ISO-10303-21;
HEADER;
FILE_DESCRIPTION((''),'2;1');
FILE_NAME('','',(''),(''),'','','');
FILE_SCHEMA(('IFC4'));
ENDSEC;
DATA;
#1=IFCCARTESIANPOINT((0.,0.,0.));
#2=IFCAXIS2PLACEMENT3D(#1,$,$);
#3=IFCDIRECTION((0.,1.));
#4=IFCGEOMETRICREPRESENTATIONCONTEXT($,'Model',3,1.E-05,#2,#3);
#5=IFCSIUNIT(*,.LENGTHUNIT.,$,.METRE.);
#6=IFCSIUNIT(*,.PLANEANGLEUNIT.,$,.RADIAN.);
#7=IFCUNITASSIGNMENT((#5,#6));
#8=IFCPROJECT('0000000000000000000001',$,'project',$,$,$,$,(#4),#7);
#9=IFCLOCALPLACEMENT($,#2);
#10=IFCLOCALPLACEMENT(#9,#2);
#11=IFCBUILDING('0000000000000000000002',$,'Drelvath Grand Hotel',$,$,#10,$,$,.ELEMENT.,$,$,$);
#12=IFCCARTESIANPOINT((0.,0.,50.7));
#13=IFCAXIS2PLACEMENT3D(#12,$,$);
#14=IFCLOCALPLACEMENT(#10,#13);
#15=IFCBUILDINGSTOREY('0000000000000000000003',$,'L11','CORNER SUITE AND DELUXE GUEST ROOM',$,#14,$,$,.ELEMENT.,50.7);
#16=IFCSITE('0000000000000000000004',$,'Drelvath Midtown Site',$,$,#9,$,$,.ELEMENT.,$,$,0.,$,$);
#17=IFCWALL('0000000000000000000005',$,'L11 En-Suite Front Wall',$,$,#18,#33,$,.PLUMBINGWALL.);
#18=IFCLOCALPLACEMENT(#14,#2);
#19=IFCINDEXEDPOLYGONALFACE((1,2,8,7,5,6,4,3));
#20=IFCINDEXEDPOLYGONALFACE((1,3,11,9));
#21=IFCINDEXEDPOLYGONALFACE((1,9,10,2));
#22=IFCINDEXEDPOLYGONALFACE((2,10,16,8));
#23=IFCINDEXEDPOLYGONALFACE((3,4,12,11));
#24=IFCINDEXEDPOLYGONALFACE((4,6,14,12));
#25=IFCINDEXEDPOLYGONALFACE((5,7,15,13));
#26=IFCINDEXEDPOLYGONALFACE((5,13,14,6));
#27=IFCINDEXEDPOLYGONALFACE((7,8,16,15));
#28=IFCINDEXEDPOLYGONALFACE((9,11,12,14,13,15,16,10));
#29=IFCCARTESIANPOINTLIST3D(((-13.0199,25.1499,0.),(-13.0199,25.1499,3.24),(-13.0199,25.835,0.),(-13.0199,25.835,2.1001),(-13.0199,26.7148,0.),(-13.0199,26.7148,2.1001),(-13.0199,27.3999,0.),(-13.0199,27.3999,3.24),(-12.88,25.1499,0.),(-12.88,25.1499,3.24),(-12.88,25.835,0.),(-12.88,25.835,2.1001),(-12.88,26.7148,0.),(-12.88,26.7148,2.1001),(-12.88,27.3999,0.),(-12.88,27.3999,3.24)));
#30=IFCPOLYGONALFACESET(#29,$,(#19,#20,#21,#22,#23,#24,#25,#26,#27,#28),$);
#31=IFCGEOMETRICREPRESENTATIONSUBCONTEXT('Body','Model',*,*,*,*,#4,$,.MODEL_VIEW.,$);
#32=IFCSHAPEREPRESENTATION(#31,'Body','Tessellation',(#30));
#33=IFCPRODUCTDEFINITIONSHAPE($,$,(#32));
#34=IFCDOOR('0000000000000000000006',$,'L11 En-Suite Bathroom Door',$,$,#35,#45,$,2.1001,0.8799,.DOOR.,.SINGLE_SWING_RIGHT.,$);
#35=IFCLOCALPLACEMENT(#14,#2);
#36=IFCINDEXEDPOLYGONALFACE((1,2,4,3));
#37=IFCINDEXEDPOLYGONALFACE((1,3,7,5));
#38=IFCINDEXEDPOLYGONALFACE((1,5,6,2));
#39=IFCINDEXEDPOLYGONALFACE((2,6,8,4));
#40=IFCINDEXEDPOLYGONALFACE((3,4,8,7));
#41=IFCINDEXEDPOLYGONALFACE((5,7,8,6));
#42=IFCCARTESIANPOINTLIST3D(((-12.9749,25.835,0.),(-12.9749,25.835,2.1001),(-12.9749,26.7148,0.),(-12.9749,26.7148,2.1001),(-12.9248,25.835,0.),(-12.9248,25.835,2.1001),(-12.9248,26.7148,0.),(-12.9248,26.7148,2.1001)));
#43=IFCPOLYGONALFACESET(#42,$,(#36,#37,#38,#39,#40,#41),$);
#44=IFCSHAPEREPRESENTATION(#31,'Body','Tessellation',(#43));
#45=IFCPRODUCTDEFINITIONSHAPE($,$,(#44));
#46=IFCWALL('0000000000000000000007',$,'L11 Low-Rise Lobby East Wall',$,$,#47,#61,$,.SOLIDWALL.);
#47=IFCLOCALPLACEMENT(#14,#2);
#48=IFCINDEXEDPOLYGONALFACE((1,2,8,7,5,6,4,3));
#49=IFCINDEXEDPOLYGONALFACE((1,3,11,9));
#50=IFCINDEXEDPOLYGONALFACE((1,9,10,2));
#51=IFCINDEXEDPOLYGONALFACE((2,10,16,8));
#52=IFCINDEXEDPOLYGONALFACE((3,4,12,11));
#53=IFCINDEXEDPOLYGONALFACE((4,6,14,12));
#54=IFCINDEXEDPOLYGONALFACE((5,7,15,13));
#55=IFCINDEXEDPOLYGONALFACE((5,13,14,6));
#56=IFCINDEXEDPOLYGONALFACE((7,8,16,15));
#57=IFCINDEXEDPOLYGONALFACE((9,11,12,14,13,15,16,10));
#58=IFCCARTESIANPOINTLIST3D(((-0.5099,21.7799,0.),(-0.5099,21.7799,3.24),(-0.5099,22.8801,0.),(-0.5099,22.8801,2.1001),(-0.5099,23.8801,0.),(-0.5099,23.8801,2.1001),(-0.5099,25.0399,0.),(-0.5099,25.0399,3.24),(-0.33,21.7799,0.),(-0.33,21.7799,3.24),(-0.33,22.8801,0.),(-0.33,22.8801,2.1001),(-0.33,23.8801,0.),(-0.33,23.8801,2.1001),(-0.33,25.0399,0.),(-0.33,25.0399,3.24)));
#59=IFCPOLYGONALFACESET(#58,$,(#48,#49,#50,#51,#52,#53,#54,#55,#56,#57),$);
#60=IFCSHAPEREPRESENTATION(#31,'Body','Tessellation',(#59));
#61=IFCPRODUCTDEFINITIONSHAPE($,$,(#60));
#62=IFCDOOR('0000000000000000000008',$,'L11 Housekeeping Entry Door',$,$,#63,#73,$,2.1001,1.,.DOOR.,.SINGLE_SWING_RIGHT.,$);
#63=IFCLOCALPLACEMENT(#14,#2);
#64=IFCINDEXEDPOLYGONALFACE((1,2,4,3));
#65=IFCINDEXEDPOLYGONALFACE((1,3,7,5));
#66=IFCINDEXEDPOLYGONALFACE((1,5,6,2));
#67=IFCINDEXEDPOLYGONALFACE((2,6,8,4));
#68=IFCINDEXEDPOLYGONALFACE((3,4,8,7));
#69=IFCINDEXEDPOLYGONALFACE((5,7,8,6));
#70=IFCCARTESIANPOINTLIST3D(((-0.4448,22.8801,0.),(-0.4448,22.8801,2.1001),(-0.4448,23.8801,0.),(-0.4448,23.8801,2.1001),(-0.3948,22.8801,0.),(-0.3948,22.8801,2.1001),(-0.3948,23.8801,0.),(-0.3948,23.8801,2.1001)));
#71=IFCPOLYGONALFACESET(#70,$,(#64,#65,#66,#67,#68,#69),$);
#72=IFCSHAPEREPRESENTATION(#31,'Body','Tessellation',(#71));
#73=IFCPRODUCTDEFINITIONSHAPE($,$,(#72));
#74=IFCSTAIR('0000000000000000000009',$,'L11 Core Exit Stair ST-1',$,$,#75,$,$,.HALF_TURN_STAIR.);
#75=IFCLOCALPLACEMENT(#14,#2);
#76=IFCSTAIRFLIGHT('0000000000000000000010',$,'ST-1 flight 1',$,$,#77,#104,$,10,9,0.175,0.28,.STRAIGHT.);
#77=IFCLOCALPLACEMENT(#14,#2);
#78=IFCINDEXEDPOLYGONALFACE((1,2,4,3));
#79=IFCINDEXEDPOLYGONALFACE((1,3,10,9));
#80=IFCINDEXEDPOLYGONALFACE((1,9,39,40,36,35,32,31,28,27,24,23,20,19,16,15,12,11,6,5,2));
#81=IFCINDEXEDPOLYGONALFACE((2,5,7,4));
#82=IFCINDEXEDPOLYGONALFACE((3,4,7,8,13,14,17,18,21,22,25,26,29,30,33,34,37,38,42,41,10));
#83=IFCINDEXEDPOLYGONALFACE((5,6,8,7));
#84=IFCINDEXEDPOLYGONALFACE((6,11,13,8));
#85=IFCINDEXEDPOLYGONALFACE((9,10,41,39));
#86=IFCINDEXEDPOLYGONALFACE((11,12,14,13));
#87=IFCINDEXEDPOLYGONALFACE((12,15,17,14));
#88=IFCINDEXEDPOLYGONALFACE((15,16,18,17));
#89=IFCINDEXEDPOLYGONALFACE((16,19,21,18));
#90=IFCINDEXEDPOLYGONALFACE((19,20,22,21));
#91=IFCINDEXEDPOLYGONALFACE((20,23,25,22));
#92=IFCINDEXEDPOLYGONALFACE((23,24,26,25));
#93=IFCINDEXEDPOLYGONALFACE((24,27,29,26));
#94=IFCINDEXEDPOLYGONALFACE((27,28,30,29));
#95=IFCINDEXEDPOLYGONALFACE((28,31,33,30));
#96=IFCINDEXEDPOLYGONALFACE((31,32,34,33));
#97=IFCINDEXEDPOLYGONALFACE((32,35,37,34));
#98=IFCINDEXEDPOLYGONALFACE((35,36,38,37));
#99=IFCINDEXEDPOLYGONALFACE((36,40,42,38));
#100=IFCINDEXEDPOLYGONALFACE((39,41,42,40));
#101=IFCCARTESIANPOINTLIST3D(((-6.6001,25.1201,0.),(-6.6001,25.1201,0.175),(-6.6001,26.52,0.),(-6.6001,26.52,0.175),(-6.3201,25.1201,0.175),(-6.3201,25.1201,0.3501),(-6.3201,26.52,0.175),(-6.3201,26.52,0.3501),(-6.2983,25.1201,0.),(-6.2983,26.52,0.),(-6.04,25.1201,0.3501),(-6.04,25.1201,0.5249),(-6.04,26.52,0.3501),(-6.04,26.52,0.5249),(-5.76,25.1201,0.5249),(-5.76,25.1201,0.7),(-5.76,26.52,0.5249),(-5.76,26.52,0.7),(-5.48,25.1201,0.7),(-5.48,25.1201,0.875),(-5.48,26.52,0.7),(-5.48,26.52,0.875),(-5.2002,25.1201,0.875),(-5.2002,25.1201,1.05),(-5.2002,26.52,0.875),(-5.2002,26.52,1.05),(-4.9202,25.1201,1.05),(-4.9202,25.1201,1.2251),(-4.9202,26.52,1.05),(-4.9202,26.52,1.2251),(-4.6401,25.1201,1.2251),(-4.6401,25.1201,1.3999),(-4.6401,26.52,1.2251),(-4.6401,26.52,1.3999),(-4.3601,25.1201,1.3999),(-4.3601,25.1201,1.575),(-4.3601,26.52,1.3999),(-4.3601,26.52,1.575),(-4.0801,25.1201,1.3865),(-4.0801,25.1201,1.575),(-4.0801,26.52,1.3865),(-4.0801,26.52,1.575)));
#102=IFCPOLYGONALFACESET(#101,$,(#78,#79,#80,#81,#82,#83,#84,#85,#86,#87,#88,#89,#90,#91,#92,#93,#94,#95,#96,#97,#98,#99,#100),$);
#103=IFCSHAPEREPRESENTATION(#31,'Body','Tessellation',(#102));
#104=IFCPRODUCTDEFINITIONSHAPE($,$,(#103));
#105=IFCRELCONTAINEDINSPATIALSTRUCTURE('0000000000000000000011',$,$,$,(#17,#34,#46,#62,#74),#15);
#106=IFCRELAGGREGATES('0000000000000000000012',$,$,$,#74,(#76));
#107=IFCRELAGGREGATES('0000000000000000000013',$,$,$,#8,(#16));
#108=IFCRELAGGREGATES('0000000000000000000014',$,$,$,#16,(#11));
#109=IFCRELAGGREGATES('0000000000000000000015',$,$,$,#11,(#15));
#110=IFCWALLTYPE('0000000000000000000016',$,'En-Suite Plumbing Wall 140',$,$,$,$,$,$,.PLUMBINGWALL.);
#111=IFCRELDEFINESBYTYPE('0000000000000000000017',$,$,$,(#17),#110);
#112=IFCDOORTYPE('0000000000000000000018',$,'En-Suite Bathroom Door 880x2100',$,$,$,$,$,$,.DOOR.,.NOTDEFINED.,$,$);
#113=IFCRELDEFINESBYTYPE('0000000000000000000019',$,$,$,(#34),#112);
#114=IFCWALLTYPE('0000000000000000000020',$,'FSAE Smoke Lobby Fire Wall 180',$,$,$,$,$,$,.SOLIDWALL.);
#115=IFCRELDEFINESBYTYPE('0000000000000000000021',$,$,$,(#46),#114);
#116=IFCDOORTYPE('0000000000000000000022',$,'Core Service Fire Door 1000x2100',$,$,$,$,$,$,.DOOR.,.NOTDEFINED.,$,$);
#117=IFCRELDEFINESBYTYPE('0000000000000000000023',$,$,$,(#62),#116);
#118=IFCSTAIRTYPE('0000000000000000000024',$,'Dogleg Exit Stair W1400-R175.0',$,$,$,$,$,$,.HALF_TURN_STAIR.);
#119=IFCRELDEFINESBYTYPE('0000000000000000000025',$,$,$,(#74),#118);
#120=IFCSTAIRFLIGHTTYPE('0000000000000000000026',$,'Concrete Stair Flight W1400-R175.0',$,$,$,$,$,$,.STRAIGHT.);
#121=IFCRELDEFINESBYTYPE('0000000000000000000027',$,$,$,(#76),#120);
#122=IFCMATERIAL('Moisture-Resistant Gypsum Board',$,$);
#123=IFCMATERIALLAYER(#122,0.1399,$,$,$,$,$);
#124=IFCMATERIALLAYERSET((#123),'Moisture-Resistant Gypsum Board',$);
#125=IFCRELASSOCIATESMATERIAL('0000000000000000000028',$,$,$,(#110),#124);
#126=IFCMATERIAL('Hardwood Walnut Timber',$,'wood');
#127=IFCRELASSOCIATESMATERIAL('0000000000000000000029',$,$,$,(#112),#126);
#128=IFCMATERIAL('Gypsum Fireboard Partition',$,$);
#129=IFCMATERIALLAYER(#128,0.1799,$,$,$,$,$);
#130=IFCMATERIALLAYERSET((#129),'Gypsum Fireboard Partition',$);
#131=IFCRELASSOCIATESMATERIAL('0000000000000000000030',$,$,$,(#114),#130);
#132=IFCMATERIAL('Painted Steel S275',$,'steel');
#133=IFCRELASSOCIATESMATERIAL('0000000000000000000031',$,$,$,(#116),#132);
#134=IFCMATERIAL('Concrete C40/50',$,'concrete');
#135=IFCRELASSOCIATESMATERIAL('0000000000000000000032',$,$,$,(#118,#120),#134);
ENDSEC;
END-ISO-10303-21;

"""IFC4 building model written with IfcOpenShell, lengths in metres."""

from ifc_helpers import new_model, si_unit, direction, frame, frame_2d, origin, place, context, subcontext, project, spatial, polyline, rectangle, outline, extrude, material, layer, layer_set, type_object, element, fill, aggregate, save


model = new_model("IFC4")

# Units and contexts
model_context = context("Model", 3, precision=1e-05, world=origin(), true_north=direction((0.0, 1.0)))
body_context = subcontext(model_context, "Body", "Model", "MODEL_VIEW")
ifc_project = project(units=[si_unit("LENGTHUNIT", "METRE"), si_unit("PLANEANGLEUNIT", "RADIAN")], contexts=[model_context])

# Site, building, storey
site_placement = place(None, origin())
site = spatial("IfcSite", under=ifc_project, at=site_placement, Name="Drelvath Midtown Site", CompositionType="ELEMENT", RefElevation=0.0)
building_placement = place(site_placement, origin())
building = spatial("IfcBuilding", under=site, at=building_placement, Name="Drelvath Grand Hotel", CompositionType="ELEMENT")
storey_placement = place(building_placement, frame((0.0, 0.0, 50.7)))
storey = spatial("IfcBuildingStorey", under=building, at=storey_placement, Name="L11", Description="CORNER SUITE AND DELUXE GUEST ROOM", CompositionType="ELEMENT", Elevation=50.7)

# Shared definitions
ifc_material_1 = material(Name="Concrete C40/50", Category="concrete")

# Shared definitions
ifc_material_2 = material(Name="Painted Steel S275", Category="steel")

# Shared definitions
ifc_material_3 = material(Name="Moisture-Resistant Gypsum Board")
ifc_layer_1 = layer(ifc_material_3, 0.1399)
ifc_layer_set_1 = layer_set([ifc_layer_1], Name="Moisture-Resistant Gypsum Board")
wall_type_1 = type_object("IfcWallType", Name="En-Suite Plumbing Wall 140", PredefinedType="PLUMBINGWALL", material=ifc_layer_set_1)

# Walls, openings, doors
wall_1_placement = place(storey_placement, frame((-12.95, 25.1499, 0.0), z_axis=(0.0, 0.0, 1.0), x_axis=(0.0, 1.0, 0.0)))
wall_1 = element("IfcWall", 1, at=wall_1_placement, inside=storey, type_object=wall_type_1, Name="L11 En-Suite Front Wall", PredefinedType="PLUMBINGWALL", context=body_context, shape_type="SweptSolid", body=[
    extrude(rectangle(XDim=2.25, YDim=0.1399, at=frame_2d((1.125, 0.0))), origin(), (0.0, 0.0, 1.0), 3.24),
])
opening_1_placement = place(wall_1_placement, frame((0.6851, 0.0, 0.0)))
opening_1 = element("IfcOpeningElement", 2, at=opening_1_placement, cuts=wall_1, PredefinedType="OPENING", context=body_context, shape_type="SweptSolid", body=[
    extrude(rectangle(XDim=0.8799, YDim=2.1001, at=frame_2d((0.4399, 1.05))), frame((0.0, 0.0798, 0.0), z_axis=(0.0, -1.0, 0.0), x_axis=(1.0, 0.0, 0.0)), (0.0, 0.0, 1.0), 0.1599),
])
ifc_material_4 = material(Name="Hardwood Walnut Timber", Category="wood")
door_type_1 = type_object("IfcDoorType", Name="En-Suite Bathroom Door 880x2100", OperationType="NOTDEFINED", PredefinedType="DOOR", material=ifc_material_4)
door_1_placement = place(opening_1_placement, origin())
door_1 = element("IfcDoor", 3, at=door_1_placement, inside=storey, type_object=door_type_1, Name="L11 En-Suite Bathroom Door", OperationType="SINGLE_SWING_RIGHT", OverallHeight=2.1001, OverallWidth=0.8799, PredefinedType="DOOR", context=body_context, shape_type="SweptSolid", body=[
    extrude(rectangle(XDim=0.8799, YDim=2.1001, at=frame_2d((0.4399, 1.05))), frame((0.0, 0.0249, 0.0), z_axis=(0.0, -1.0, 0.0), x_axis=(1.0, 0.0, 0.0)), (0.0, 0.0, 1.0), 0.05),
])
fill(opening_1, door_1)
ifc_material_5 = material(Name="Gypsum Fireboard Partition")
ifc_layer_2 = layer(ifc_material_5, 0.1799)
ifc_layer_set_2 = layer_set([ifc_layer_2], Name="Gypsum Fireboard Partition")
wall_type_2 = type_object("IfcWallType", Name="FSAE Smoke Lobby Fire Wall 180", PredefinedType="SOLIDWALL", material=ifc_layer_set_2)
wall_2_placement = place(storey_placement, frame((-0.4199, 21.78, 0.0), z_axis=(0.0, 0.0, 1.0), x_axis=(0.0, 1.0, 0.0)))
wall_2 = element("IfcWall", 4, at=wall_2_placement, inside=storey, type_object=wall_type_2, Name="L11 Low-Rise Lobby East Wall", PredefinedType="SOLIDWALL", context=body_context, shape_type="SweptSolid", body=[
    extrude(rectangle(XDim=3.26, YDim=0.1799, at=frame_2d((1.6299, 0.0))), origin(), (0.0, 0.0, 1.0), 3.24),
])
opening_2_placement = place(wall_2_placement, frame((1.1001, 0.0, 0.0)))
opening_2 = element("IfcOpeningElement", 5, at=opening_2_placement, cuts=wall_2, PredefinedType="OPENING", context=body_context, shape_type="SweptSolid", body=[
    extrude(rectangle(XDim=1.0, YDim=2.1001, at=frame_2d((0.5, 1.05))), frame((0.0, 0.0999, 0.0), z_axis=(0.0, -1.0, 0.0), x_axis=(1.0, 0.0, 0.0)), (0.0, 0.0, 1.0), 0.2),
])
door_type_2 = type_object("IfcDoorType", Name="Core Service Fire Door 1000x2100", OperationType="NOTDEFINED", PredefinedType="DOOR", material=ifc_material_2)
door_2_placement = place(opening_2_placement, origin())
door_2 = element("IfcDoor", 6, at=door_2_placement, inside=storey, type_object=door_type_2, Name="L11 Housekeeping Entry Door", OperationType="SINGLE_SWING_RIGHT", OverallHeight=2.1001, OverallWidth=1.0, PredefinedType="DOOR", context=body_context, shape_type="SweptSolid", body=[
    extrude(rectangle(XDim=1.0, YDim=2.1001, at=frame_2d((0.5, 1.05))), frame((0.0, 0.0249, 0.0), z_axis=(0.0, -1.0, 0.0), x_axis=(1.0, 0.0, 0.0)), (0.0, 0.0, 1.0), 0.05),
])
fill(opening_2, door_2)

# Stair, stair flight
stair_type = type_object("IfcStairType", Name="Dogleg Exit Stair W1400-R175.0", PredefinedType="HALF_TURN_STAIR", material=ifc_material_1)
stair_placement = place(storey_placement, origin())
stair = element("IfcStair", 7, at=stair_placement, inside=storey, type_object=stair_type, Name="L11 Core Exit Stair ST-1", PredefinedType="HALF_TURN_STAIR")
stair_flight_type = type_object("IfcStairFlightType", Name="Concrete Stair Flight W1400-R175.0", PredefinedType="STRAIGHT", material=ifc_material_1)
stair_flight_placement = place(storey_placement, frame((-6.6001, 25.8201, 0.0), z_axis=(0.0, 0.0, 1.0), x_axis=(1.0, 0.0, 0.0)))
stair_flight = element("IfcStairFlight", 8, at=stair_flight_placement, type_object=stair_flight_type, Name="ST-1 flight 1", NumberOfRisers=10, NumberOfTreads=9, PredefinedType="STRAIGHT", RiserHeight=0.175, TreadLength=0.28, context=body_context, shape_type="SweptSolid", body=[
    extrude(outline(polyline([(0.0, 0.0), (0.0, 0.175), (0.28, 0.175), (0.28, 0.3501), (0.5601, 0.3501), (0.5601, 0.5249), (0.8401, 0.5249), (0.8401, 0.7), (1.1201, 0.7), (1.1201, 0.875), (1.3999, 0.875), (1.3999, 1.05), (1.6799, 1.05), (1.6799, 1.2251), (1.96, 1.2251), (1.96, 1.3999), (2.24, 1.3999), (2.24, 1.575), (2.52, 1.575), (2.52, 1.75), (2.52, 1.3865), (0.3018, 0.0), (0.0, 0.0)])), frame((0.0, 0.7, 0.0), z_axis=(0.0, -1.0, 0.0), x_axis=(1.0, 0.0, 0.0)), (0.0, 0.0, 1.0), 1.3999),
])
aggregate(stair, [stair_flight])

save(model, "model.ifc")
